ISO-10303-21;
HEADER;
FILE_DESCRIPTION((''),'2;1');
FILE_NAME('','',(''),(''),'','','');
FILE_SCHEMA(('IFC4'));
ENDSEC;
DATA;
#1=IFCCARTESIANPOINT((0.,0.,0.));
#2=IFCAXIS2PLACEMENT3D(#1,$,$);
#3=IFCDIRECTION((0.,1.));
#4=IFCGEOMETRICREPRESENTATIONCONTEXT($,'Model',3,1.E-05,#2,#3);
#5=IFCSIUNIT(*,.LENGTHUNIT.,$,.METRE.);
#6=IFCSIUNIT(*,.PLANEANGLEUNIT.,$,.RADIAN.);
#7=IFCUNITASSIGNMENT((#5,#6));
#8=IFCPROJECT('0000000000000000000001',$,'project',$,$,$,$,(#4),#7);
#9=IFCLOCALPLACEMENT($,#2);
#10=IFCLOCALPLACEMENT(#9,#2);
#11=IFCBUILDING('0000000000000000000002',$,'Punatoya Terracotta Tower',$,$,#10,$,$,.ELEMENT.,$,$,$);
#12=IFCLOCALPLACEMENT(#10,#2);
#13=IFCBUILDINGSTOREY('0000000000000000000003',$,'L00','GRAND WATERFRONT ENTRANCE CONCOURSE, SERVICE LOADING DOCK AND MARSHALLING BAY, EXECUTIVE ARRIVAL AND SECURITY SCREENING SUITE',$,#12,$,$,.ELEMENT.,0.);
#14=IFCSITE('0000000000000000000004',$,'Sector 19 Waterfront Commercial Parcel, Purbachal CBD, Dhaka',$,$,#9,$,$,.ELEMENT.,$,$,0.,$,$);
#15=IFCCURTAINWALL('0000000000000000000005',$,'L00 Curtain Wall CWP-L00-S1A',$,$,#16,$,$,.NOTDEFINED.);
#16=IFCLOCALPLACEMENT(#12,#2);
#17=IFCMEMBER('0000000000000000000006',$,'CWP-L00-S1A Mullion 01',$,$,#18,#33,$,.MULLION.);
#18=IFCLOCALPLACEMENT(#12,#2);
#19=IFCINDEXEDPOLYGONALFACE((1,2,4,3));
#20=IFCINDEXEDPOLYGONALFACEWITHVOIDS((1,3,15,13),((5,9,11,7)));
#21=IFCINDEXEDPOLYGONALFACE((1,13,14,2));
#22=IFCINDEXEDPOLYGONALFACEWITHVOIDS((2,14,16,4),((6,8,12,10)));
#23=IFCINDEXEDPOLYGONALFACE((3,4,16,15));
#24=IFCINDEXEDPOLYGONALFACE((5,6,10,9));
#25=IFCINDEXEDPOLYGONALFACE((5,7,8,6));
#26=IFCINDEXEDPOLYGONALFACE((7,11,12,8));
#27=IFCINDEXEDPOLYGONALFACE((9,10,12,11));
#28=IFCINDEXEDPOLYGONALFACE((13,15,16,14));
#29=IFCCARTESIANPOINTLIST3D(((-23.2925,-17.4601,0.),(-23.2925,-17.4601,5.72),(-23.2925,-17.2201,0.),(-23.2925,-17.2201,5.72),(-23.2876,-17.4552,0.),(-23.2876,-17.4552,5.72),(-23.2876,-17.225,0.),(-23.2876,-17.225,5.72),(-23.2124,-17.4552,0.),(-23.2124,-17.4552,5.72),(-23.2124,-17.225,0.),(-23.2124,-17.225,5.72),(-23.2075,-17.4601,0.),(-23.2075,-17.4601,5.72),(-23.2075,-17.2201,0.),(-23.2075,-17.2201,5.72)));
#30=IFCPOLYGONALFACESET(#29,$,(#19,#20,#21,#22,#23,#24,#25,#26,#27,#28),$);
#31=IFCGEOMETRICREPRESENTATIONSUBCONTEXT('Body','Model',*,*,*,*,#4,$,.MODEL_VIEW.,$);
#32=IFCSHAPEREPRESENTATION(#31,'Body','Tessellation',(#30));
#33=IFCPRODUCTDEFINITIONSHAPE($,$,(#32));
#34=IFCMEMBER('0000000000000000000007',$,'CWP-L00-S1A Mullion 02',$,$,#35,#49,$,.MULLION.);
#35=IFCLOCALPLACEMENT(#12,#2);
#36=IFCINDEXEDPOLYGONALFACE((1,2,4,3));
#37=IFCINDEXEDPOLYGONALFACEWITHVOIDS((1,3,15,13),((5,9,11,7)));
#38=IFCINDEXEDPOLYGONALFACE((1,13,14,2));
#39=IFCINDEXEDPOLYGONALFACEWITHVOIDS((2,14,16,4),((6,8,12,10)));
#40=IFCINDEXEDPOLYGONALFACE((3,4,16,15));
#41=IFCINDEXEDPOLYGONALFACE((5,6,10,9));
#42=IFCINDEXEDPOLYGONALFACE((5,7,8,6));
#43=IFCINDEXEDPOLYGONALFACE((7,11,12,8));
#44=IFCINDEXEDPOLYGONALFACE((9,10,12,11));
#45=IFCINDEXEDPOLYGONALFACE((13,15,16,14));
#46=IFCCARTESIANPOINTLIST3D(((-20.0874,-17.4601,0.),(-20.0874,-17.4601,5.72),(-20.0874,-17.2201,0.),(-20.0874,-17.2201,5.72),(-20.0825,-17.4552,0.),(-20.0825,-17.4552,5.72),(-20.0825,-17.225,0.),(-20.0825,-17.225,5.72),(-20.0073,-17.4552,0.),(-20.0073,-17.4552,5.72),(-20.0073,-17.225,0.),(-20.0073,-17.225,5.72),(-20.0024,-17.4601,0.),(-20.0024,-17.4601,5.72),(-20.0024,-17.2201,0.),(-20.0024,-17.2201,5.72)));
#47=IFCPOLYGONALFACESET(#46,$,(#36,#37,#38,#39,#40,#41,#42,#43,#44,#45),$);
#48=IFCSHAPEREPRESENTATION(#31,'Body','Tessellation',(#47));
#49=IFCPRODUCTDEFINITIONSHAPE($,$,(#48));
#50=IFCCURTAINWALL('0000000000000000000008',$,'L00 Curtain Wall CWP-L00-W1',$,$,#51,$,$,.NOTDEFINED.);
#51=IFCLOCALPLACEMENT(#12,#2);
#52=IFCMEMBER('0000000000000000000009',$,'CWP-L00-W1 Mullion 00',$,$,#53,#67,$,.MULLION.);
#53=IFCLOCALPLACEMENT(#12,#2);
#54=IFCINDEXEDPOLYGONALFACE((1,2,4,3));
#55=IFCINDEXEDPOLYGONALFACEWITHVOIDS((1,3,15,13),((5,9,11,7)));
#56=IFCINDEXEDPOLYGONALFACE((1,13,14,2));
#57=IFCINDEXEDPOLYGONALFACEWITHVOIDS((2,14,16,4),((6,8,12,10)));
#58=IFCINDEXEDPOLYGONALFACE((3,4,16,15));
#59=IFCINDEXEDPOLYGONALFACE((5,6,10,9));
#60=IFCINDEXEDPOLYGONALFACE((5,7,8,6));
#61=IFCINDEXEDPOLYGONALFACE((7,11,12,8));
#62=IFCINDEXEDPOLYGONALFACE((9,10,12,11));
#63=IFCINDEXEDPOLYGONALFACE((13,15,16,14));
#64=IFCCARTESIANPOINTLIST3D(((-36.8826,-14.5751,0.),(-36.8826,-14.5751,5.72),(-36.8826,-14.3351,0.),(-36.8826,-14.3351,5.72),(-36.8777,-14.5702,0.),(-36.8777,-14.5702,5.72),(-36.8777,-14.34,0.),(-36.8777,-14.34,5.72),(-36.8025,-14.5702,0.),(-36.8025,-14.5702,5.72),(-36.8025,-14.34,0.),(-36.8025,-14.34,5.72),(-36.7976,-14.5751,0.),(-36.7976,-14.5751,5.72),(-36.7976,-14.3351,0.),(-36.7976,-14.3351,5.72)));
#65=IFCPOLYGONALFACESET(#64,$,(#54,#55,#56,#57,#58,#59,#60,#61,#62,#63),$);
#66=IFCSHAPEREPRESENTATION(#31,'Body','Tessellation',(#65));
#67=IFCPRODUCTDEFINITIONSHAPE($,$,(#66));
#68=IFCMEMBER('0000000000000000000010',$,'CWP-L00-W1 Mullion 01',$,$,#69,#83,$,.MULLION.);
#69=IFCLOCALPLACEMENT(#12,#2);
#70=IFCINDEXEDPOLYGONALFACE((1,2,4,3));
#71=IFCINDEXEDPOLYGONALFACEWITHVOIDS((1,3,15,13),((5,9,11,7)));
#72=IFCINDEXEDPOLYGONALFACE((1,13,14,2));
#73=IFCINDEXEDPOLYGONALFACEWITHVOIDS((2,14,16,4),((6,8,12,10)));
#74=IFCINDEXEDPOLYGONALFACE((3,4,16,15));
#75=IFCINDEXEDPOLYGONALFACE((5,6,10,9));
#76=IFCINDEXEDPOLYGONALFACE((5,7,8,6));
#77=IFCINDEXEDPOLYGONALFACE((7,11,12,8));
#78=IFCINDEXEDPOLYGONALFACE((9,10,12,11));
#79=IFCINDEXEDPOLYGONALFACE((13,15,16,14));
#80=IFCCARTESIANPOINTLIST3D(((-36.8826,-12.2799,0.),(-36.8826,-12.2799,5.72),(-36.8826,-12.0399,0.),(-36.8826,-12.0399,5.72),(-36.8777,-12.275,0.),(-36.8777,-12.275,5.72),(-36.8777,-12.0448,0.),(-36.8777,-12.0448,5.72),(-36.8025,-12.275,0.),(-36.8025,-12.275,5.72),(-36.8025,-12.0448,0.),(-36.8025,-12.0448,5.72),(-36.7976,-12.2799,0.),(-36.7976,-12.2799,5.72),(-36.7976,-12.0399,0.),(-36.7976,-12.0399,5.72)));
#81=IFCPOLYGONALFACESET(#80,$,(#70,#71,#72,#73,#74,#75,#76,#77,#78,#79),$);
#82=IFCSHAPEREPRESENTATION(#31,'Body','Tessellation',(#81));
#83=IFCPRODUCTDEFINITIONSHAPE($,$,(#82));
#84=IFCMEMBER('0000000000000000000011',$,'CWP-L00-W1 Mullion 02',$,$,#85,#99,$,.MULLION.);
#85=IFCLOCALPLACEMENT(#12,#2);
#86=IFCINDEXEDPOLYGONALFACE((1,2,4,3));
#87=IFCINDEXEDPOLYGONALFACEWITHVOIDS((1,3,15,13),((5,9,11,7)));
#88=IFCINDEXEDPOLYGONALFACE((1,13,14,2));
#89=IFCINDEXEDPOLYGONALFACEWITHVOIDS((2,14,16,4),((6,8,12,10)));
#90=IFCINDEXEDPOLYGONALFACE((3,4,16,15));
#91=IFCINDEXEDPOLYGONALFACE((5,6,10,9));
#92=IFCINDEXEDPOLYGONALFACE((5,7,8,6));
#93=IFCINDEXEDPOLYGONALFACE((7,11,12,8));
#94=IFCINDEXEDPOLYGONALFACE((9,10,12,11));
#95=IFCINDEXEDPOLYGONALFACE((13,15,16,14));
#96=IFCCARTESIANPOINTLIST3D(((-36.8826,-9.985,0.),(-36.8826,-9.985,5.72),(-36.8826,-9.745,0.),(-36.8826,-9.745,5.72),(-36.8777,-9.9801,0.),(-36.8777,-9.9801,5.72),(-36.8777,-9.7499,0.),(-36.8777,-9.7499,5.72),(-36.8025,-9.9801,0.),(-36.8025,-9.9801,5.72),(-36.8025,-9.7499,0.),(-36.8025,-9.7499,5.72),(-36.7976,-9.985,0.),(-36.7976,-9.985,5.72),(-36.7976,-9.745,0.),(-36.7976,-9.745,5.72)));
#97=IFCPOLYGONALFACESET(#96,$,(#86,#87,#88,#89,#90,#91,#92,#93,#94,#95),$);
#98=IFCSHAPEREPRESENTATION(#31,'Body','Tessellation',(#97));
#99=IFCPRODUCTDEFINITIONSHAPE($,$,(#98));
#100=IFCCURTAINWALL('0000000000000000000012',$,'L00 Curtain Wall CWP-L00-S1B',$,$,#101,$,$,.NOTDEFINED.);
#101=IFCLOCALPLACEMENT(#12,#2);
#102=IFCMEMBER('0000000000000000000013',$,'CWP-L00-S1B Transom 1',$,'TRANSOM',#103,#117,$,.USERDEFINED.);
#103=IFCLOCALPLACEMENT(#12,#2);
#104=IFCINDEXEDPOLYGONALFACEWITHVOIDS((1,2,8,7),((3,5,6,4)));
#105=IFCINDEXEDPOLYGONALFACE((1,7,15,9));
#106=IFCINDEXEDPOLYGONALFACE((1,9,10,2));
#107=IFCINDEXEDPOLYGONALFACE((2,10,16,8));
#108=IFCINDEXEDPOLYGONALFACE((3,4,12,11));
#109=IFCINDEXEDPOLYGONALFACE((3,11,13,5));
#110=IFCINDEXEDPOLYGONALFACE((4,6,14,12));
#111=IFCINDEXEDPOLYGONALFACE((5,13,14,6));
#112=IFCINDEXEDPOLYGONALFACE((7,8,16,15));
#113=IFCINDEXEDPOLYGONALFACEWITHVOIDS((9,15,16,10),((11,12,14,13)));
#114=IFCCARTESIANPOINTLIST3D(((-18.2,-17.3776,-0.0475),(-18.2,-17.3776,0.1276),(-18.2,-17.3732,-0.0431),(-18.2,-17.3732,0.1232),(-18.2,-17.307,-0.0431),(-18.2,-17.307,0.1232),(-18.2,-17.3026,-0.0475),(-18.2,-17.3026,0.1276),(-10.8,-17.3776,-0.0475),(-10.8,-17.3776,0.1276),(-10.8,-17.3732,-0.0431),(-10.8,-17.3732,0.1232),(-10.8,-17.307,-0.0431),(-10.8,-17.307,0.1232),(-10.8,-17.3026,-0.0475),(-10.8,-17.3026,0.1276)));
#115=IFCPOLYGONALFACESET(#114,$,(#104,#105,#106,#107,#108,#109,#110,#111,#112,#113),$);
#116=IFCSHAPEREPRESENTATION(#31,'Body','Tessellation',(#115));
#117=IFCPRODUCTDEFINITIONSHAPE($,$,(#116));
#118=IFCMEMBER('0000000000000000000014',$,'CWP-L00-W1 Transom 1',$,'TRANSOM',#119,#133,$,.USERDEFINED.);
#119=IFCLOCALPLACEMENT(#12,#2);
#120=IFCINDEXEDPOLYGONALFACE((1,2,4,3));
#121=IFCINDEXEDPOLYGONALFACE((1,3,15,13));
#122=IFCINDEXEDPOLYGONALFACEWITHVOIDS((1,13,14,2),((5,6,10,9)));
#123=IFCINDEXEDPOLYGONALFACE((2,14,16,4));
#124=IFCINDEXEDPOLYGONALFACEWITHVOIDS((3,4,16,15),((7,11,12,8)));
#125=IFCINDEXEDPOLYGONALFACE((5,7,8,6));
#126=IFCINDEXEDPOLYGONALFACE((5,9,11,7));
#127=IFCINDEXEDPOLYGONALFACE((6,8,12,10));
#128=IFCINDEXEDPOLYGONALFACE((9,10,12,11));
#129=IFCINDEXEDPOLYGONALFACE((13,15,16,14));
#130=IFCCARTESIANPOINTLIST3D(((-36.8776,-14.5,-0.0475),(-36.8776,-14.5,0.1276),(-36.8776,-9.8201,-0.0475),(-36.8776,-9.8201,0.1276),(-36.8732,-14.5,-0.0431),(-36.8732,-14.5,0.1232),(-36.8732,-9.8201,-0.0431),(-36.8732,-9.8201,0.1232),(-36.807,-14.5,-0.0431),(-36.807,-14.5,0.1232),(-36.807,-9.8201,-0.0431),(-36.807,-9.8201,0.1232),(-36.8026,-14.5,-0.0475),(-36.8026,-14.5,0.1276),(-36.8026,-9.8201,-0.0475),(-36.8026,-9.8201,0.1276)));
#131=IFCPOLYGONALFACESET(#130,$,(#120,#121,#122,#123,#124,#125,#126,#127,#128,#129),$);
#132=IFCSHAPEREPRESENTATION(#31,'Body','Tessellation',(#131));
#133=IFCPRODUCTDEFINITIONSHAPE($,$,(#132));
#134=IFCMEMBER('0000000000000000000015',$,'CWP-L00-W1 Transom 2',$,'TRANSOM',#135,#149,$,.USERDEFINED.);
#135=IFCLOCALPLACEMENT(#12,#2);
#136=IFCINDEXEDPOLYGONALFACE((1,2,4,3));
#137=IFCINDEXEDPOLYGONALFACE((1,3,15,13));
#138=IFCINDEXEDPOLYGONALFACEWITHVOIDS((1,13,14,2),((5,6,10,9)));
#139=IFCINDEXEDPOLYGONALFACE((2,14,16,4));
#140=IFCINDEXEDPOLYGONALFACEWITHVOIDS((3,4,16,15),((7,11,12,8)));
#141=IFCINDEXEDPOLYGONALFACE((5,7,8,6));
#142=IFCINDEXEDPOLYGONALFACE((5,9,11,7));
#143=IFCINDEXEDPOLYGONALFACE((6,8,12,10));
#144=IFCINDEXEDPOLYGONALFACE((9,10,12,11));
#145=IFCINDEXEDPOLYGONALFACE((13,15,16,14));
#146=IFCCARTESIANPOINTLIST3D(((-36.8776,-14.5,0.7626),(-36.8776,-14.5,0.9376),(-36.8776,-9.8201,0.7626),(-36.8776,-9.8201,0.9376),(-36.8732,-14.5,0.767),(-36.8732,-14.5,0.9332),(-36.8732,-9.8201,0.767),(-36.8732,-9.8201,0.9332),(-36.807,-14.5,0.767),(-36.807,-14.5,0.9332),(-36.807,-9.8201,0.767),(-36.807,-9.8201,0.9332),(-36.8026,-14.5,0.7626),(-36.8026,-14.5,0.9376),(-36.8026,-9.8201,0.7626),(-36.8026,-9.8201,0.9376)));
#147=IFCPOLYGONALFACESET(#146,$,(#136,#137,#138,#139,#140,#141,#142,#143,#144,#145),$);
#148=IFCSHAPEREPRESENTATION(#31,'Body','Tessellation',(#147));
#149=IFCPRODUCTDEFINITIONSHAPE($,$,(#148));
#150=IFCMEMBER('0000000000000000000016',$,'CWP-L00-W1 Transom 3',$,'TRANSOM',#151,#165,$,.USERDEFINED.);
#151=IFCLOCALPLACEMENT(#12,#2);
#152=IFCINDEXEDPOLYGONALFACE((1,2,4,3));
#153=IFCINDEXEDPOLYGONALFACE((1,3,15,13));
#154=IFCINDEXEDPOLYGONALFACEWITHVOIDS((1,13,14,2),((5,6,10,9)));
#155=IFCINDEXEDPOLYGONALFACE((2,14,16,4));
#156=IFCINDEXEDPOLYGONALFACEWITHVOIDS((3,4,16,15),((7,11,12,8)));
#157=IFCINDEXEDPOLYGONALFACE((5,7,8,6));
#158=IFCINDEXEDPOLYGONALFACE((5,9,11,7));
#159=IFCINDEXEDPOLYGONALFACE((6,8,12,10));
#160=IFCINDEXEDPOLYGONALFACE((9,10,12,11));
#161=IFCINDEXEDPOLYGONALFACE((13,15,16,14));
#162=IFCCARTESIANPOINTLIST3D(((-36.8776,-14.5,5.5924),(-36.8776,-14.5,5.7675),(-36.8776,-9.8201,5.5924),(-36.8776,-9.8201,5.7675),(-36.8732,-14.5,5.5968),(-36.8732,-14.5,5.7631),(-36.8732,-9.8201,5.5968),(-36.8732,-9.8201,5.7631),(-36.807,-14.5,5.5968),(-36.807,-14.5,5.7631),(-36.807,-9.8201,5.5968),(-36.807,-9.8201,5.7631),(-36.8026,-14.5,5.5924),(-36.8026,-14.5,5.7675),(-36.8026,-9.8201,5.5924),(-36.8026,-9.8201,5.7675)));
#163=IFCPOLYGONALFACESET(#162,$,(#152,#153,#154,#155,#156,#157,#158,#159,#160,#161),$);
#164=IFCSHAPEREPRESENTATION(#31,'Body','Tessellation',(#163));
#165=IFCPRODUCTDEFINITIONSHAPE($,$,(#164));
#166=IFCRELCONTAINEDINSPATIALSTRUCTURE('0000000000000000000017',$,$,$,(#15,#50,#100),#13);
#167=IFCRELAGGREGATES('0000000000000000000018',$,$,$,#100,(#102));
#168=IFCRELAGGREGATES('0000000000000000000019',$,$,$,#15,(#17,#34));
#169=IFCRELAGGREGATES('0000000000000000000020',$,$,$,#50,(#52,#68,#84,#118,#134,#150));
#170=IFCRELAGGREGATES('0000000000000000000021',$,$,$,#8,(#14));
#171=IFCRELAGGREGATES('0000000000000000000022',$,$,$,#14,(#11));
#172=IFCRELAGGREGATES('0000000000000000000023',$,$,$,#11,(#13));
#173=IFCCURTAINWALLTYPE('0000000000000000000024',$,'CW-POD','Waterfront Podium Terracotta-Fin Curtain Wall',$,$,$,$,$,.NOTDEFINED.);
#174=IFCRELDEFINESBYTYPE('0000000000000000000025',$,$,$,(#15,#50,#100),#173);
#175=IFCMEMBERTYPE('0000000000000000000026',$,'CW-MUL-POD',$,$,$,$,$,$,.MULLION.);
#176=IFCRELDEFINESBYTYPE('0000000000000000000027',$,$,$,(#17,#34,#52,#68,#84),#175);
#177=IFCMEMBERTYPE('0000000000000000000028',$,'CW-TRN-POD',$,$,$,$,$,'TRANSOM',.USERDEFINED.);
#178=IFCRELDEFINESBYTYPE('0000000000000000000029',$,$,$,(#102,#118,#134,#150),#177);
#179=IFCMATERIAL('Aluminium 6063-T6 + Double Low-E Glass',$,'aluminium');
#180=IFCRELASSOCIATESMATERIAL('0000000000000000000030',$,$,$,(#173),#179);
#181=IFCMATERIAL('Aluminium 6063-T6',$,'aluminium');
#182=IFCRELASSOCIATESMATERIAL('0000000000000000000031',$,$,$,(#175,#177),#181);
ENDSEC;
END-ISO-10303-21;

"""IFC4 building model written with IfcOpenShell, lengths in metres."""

from ifc_helpers import new_model, si_unit, direction, frame, origin, origin_2d, place, context, subcontext, project, spatial, hollow_rectangle, extrude, material, material_profile, profile_set, type_object, element, aggregate, save


model = new_model("IFC4")

# Units and contexts
model_context = context("Model", 3, precision=1e-05, world=origin(), true_north=direction((0.0, 1.0)))
body_context = subcontext(model_context, "Body", "Model", "MODEL_VIEW")
ifc_project = project(units=[si_unit("LENGTHUNIT", "METRE"), si_unit("PLANEANGLEUNIT", "RADIAN")], contexts=[model_context])

# Site, building, storey
site_placement = place(None, origin())
site = spatial("IfcSite", under=ifc_project, at=site_placement, Name="Sector 19 Waterfront Commercial Parcel, Purbachal CBD, Dhaka", CompositionType="ELEMENT", RefElevation=0.0)
building_placement = place(site_placement, origin())
building = spatial("IfcBuilding", under=site, at=building_placement, Name="Punatoya Terracotta Tower", CompositionType="ELEMENT")
storey_placement = place(building_placement, origin())
storey = spatial("IfcBuildingStorey", under=building, at=storey_placement, Name="L00", Description="GRAND WATERFRONT ENTRANCE CONCOURSE, SERVICE LOADING DOCK AND MARSHALLING BAY, EXECUTIVE ARRIVAL AND SECURITY SCREENING SUITE", CompositionType="ELEMENT", Elevation=0.0)

# Curtain walls, members
ifc_material_1 = material(Name="Aluminium 6063-T6 + Double Low-E Glass", Category="aluminium")
curtain_wall_type = type_object("IfcCurtainWallType", Name="CW-POD", Description="Waterfront Podium Terracotta-Fin Curtain Wall", PredefinedType="NOTDEFINED", material=ifc_material_1)
curtain_wall_1_placement = place(storey_placement, origin())
curtain_wall_1 = element("IfcCurtainWall", 1, at=curtain_wall_1_placement, inside=storey, type_object=curtain_wall_type, Name="L00 Curtain Wall CWP-L00-S1A", PredefinedType="NOTDEFINED")
ifc_material_2 = material(Name="Aluminium 6063-T6", Category="aluminium")
ifc_material_profile_1 = material_profile(ifc_material_2, hollow_rectangle(XDim=0.085, YDim=0.24, WallThickness=0.0049, at=origin_2d()))
ifc_profile_set_1 = profile_set([ifc_material_profile_1], Name="Aluminium 6063-T6")
member_type_1 = type_object("IfcMemberType", Name="CW-MUL-POD", PredefinedType="MULLION", material=ifc_profile_set_1)
member_1_placement = place(storey_placement, frame((-23.25, -17.3401, 0.0), z_axis=(0.0, 0.0, 1.0), x_axis=(1.0, 0.0, 0.0)))
member_1 = element("IfcMember", 2, at=member_1_placement, type_object=member_type_1, Name="CWP-L00-S1A Mullion 01", PredefinedType="MULLION", context=body_context, shape_type="SweptSolid", body=[
    extrude(hollow_rectangle(XDim=0.085, YDim=0.24, WallThickness=0.0049, at=origin_2d()), origin(), (0.0, 0.0, 1.0), 5.72),
])
member_2_placement = place(storey_placement, frame((-20.0449, -17.3401, 0.0), z_axis=(0.0, 0.0, 1.0), x_axis=(1.0, 0.0, 0.0)))
member_2 = element("IfcMember", 3, at=member_2_placement, type_object=member_type_1, Name="CWP-L00-S1A Mullion 02", PredefinedType="MULLION", context=body_context, shape_type="SweptSolid", body=[
    extrude(hollow_rectangle(XDim=0.085, YDim=0.24, WallThickness=0.0049, at=origin_2d()), origin(), (0.0, 0.0, 1.0), 5.72),
])
curtain_wall_2_placement = place(storey_placement, origin())
curtain_wall_2 = element("IfcCurtainWall", 4, at=curtain_wall_2_placement, inside=storey, type_object=curtain_wall_type, Name="L00 Curtain Wall CWP-L00-W1", PredefinedType="NOTDEFINED")
member_3_placement = place(storey_placement, frame((-36.8401, -14.4551, 0.0), z_axis=(0.0, 0.0, 1.0), x_axis=(1.0, 0.0, 0.0)))
member_3 = element("IfcMember", 5, at=member_3_placement, type_object=member_type_1, Name="CWP-L00-W1 Mullion 00", PredefinedType="MULLION", context=body_context, shape_type="SweptSolid", body=[
    extrude(hollow_rectangle(XDim=0.085, YDim=0.24, WallThickness=0.0049, at=origin_2d()), origin(), (0.0, 0.0, 1.0), 5.72),
])
member_4_placement = place(storey_placement, frame((-36.8401, -12.1599, 0.0), z_axis=(0.0, 0.0, 1.0), x_axis=(1.0, 0.0, 0.0)))
member_4 = element("IfcMember", 6, at=member_4_placement, type_object=member_type_1, Name="CWP-L00-W1 Mullion 01", PredefinedType="MULLION", context=body_context, shape_type="SweptSolid", body=[
    extrude(hollow_rectangle(XDim=0.085, YDim=0.24, WallThickness=0.0049, at=origin_2d()), origin(), (0.0, 0.0, 1.0), 5.72),
])
member_5_placement = place(storey_placement, frame((-36.8401, -9.865, 0.0), z_axis=(0.0, 0.0, 1.0), x_axis=(1.0, 0.0, 0.0)))
member_5 = element("IfcMember", 7, at=member_5_placement, type_object=member_type_1, Name="CWP-L00-W1 Mullion 02", PredefinedType="MULLION", context=body_context, shape_type="SweptSolid", body=[
    extrude(hollow_rectangle(XDim=0.085, YDim=0.24, WallThickness=0.0049, at=origin_2d()), origin(), (0.0, 0.0, 1.0), 5.72),
])

# Curtain wall, member
curtain_wall_3_placement = place(storey_placement, origin())
curtain_wall_3 = element("IfcCurtainWall", 8, at=curtain_wall_3_placement, inside=storey, type_object=curtain_wall_type, Name="L00 Curtain Wall CWP-L00-S1B", PredefinedType="NOTDEFINED")
ifc_material_profile_2 = material_profile(ifc_material_2, hollow_rectangle(XDim=0.075, YDim=0.175, WallThickness=0.0044, at=origin_2d()))
ifc_profile_set_2 = profile_set([ifc_material_profile_2], Name="Aluminium 6063-T6")
member_type_2 = type_object("IfcMemberType", Name="CW-TRN-POD", ElementType="TRANSOM", PredefinedType="USERDEFINED", material=ifc_profile_set_2)
member_6_placement = place(storey_placement, frame((-18.2, -17.3401, 0.04), z_axis=(1.0, 0.0, 0.0), x_axis=(0.0, 1.0, 0.0)))
member_6 = element("IfcMember", 9, at=member_6_placement, type_object=member_type_2, Name="CWP-L00-S1B Transom 1", ObjectType="TRANSOM", PredefinedType="USERDEFINED", context=body_context, shape_type="SweptSolid", body=[
    extrude(hollow_rectangle(XDim=0.075, YDim=0.175, WallThickness=0.0044, at=origin_2d()), origin(), (0.0, 0.0, 1.0), 7.3999),
])
aggregate(curtain_wall_3, [member_6])

# Members
member_7_placement = place(storey_placement, frame((-36.8401, -14.5, 0.04), z_axis=(0.0, 1.0, 0.0), x_axis=(-1.0, 0.0, 0.0)))
member_7 = element("IfcMember", 10, at=member_7_placement, type_object=member_type_2, Name="CWP-L00-W1 Transom 1", ObjectType="TRANSOM", PredefinedType="USERDEFINED", context=body_context, shape_type="SweptSolid", body=[
    extrude(hollow_rectangle(XDim=0.075, YDim=0.175, WallThickness=0.0044, at=origin_2d()), origin(), (0.0, 0.0, 1.0), 4.6799),
])
member_8_placement = place(storey_placement, frame((-36.8401, -14.5, 0.8501), z_axis=(0.0, 1.0, 0.0), x_axis=(-1.0, 0.0, 0.0)))
member_8 = element("IfcMember", 11, at=member_8_placement, type_object=member_type_2, Name="CWP-L00-W1 Transom 2", ObjectType="TRANSOM", PredefinedType="USERDEFINED", context=body_context, shape_type="SweptSolid", body=[
    extrude(hollow_rectangle(XDim=0.075, YDim=0.175, WallThickness=0.0044, at=origin_2d()), origin(), (0.0, 0.0, 1.0), 4.6799),
])
member_9_placement = place(storey_placement, frame((-36.8401, -14.5, 5.6799), z_axis=(0.0, 1.0, 0.0), x_axis=(-1.0, 0.0, 0.0)))
member_9 = element("IfcMember", 12, at=member_9_placement, type_object=member_type_2, Name="CWP-L00-W1 Transom 3", ObjectType="TRANSOM", PredefinedType="USERDEFINED", context=body_context, shape_type="SweptSolid", body=[
    extrude(hollow_rectangle(XDim=0.075, YDim=0.175, WallThickness=0.0044, at=origin_2d()), origin(), (0.0, 0.0, 1.0), 4.6799),
])

aggregate(curtain_wall_1, [member_1, member_2])
aggregate(curtain_wall_2, [member_3, member_4, member_5, member_7, member_8, member_9])

save(model, "model.ifc")
